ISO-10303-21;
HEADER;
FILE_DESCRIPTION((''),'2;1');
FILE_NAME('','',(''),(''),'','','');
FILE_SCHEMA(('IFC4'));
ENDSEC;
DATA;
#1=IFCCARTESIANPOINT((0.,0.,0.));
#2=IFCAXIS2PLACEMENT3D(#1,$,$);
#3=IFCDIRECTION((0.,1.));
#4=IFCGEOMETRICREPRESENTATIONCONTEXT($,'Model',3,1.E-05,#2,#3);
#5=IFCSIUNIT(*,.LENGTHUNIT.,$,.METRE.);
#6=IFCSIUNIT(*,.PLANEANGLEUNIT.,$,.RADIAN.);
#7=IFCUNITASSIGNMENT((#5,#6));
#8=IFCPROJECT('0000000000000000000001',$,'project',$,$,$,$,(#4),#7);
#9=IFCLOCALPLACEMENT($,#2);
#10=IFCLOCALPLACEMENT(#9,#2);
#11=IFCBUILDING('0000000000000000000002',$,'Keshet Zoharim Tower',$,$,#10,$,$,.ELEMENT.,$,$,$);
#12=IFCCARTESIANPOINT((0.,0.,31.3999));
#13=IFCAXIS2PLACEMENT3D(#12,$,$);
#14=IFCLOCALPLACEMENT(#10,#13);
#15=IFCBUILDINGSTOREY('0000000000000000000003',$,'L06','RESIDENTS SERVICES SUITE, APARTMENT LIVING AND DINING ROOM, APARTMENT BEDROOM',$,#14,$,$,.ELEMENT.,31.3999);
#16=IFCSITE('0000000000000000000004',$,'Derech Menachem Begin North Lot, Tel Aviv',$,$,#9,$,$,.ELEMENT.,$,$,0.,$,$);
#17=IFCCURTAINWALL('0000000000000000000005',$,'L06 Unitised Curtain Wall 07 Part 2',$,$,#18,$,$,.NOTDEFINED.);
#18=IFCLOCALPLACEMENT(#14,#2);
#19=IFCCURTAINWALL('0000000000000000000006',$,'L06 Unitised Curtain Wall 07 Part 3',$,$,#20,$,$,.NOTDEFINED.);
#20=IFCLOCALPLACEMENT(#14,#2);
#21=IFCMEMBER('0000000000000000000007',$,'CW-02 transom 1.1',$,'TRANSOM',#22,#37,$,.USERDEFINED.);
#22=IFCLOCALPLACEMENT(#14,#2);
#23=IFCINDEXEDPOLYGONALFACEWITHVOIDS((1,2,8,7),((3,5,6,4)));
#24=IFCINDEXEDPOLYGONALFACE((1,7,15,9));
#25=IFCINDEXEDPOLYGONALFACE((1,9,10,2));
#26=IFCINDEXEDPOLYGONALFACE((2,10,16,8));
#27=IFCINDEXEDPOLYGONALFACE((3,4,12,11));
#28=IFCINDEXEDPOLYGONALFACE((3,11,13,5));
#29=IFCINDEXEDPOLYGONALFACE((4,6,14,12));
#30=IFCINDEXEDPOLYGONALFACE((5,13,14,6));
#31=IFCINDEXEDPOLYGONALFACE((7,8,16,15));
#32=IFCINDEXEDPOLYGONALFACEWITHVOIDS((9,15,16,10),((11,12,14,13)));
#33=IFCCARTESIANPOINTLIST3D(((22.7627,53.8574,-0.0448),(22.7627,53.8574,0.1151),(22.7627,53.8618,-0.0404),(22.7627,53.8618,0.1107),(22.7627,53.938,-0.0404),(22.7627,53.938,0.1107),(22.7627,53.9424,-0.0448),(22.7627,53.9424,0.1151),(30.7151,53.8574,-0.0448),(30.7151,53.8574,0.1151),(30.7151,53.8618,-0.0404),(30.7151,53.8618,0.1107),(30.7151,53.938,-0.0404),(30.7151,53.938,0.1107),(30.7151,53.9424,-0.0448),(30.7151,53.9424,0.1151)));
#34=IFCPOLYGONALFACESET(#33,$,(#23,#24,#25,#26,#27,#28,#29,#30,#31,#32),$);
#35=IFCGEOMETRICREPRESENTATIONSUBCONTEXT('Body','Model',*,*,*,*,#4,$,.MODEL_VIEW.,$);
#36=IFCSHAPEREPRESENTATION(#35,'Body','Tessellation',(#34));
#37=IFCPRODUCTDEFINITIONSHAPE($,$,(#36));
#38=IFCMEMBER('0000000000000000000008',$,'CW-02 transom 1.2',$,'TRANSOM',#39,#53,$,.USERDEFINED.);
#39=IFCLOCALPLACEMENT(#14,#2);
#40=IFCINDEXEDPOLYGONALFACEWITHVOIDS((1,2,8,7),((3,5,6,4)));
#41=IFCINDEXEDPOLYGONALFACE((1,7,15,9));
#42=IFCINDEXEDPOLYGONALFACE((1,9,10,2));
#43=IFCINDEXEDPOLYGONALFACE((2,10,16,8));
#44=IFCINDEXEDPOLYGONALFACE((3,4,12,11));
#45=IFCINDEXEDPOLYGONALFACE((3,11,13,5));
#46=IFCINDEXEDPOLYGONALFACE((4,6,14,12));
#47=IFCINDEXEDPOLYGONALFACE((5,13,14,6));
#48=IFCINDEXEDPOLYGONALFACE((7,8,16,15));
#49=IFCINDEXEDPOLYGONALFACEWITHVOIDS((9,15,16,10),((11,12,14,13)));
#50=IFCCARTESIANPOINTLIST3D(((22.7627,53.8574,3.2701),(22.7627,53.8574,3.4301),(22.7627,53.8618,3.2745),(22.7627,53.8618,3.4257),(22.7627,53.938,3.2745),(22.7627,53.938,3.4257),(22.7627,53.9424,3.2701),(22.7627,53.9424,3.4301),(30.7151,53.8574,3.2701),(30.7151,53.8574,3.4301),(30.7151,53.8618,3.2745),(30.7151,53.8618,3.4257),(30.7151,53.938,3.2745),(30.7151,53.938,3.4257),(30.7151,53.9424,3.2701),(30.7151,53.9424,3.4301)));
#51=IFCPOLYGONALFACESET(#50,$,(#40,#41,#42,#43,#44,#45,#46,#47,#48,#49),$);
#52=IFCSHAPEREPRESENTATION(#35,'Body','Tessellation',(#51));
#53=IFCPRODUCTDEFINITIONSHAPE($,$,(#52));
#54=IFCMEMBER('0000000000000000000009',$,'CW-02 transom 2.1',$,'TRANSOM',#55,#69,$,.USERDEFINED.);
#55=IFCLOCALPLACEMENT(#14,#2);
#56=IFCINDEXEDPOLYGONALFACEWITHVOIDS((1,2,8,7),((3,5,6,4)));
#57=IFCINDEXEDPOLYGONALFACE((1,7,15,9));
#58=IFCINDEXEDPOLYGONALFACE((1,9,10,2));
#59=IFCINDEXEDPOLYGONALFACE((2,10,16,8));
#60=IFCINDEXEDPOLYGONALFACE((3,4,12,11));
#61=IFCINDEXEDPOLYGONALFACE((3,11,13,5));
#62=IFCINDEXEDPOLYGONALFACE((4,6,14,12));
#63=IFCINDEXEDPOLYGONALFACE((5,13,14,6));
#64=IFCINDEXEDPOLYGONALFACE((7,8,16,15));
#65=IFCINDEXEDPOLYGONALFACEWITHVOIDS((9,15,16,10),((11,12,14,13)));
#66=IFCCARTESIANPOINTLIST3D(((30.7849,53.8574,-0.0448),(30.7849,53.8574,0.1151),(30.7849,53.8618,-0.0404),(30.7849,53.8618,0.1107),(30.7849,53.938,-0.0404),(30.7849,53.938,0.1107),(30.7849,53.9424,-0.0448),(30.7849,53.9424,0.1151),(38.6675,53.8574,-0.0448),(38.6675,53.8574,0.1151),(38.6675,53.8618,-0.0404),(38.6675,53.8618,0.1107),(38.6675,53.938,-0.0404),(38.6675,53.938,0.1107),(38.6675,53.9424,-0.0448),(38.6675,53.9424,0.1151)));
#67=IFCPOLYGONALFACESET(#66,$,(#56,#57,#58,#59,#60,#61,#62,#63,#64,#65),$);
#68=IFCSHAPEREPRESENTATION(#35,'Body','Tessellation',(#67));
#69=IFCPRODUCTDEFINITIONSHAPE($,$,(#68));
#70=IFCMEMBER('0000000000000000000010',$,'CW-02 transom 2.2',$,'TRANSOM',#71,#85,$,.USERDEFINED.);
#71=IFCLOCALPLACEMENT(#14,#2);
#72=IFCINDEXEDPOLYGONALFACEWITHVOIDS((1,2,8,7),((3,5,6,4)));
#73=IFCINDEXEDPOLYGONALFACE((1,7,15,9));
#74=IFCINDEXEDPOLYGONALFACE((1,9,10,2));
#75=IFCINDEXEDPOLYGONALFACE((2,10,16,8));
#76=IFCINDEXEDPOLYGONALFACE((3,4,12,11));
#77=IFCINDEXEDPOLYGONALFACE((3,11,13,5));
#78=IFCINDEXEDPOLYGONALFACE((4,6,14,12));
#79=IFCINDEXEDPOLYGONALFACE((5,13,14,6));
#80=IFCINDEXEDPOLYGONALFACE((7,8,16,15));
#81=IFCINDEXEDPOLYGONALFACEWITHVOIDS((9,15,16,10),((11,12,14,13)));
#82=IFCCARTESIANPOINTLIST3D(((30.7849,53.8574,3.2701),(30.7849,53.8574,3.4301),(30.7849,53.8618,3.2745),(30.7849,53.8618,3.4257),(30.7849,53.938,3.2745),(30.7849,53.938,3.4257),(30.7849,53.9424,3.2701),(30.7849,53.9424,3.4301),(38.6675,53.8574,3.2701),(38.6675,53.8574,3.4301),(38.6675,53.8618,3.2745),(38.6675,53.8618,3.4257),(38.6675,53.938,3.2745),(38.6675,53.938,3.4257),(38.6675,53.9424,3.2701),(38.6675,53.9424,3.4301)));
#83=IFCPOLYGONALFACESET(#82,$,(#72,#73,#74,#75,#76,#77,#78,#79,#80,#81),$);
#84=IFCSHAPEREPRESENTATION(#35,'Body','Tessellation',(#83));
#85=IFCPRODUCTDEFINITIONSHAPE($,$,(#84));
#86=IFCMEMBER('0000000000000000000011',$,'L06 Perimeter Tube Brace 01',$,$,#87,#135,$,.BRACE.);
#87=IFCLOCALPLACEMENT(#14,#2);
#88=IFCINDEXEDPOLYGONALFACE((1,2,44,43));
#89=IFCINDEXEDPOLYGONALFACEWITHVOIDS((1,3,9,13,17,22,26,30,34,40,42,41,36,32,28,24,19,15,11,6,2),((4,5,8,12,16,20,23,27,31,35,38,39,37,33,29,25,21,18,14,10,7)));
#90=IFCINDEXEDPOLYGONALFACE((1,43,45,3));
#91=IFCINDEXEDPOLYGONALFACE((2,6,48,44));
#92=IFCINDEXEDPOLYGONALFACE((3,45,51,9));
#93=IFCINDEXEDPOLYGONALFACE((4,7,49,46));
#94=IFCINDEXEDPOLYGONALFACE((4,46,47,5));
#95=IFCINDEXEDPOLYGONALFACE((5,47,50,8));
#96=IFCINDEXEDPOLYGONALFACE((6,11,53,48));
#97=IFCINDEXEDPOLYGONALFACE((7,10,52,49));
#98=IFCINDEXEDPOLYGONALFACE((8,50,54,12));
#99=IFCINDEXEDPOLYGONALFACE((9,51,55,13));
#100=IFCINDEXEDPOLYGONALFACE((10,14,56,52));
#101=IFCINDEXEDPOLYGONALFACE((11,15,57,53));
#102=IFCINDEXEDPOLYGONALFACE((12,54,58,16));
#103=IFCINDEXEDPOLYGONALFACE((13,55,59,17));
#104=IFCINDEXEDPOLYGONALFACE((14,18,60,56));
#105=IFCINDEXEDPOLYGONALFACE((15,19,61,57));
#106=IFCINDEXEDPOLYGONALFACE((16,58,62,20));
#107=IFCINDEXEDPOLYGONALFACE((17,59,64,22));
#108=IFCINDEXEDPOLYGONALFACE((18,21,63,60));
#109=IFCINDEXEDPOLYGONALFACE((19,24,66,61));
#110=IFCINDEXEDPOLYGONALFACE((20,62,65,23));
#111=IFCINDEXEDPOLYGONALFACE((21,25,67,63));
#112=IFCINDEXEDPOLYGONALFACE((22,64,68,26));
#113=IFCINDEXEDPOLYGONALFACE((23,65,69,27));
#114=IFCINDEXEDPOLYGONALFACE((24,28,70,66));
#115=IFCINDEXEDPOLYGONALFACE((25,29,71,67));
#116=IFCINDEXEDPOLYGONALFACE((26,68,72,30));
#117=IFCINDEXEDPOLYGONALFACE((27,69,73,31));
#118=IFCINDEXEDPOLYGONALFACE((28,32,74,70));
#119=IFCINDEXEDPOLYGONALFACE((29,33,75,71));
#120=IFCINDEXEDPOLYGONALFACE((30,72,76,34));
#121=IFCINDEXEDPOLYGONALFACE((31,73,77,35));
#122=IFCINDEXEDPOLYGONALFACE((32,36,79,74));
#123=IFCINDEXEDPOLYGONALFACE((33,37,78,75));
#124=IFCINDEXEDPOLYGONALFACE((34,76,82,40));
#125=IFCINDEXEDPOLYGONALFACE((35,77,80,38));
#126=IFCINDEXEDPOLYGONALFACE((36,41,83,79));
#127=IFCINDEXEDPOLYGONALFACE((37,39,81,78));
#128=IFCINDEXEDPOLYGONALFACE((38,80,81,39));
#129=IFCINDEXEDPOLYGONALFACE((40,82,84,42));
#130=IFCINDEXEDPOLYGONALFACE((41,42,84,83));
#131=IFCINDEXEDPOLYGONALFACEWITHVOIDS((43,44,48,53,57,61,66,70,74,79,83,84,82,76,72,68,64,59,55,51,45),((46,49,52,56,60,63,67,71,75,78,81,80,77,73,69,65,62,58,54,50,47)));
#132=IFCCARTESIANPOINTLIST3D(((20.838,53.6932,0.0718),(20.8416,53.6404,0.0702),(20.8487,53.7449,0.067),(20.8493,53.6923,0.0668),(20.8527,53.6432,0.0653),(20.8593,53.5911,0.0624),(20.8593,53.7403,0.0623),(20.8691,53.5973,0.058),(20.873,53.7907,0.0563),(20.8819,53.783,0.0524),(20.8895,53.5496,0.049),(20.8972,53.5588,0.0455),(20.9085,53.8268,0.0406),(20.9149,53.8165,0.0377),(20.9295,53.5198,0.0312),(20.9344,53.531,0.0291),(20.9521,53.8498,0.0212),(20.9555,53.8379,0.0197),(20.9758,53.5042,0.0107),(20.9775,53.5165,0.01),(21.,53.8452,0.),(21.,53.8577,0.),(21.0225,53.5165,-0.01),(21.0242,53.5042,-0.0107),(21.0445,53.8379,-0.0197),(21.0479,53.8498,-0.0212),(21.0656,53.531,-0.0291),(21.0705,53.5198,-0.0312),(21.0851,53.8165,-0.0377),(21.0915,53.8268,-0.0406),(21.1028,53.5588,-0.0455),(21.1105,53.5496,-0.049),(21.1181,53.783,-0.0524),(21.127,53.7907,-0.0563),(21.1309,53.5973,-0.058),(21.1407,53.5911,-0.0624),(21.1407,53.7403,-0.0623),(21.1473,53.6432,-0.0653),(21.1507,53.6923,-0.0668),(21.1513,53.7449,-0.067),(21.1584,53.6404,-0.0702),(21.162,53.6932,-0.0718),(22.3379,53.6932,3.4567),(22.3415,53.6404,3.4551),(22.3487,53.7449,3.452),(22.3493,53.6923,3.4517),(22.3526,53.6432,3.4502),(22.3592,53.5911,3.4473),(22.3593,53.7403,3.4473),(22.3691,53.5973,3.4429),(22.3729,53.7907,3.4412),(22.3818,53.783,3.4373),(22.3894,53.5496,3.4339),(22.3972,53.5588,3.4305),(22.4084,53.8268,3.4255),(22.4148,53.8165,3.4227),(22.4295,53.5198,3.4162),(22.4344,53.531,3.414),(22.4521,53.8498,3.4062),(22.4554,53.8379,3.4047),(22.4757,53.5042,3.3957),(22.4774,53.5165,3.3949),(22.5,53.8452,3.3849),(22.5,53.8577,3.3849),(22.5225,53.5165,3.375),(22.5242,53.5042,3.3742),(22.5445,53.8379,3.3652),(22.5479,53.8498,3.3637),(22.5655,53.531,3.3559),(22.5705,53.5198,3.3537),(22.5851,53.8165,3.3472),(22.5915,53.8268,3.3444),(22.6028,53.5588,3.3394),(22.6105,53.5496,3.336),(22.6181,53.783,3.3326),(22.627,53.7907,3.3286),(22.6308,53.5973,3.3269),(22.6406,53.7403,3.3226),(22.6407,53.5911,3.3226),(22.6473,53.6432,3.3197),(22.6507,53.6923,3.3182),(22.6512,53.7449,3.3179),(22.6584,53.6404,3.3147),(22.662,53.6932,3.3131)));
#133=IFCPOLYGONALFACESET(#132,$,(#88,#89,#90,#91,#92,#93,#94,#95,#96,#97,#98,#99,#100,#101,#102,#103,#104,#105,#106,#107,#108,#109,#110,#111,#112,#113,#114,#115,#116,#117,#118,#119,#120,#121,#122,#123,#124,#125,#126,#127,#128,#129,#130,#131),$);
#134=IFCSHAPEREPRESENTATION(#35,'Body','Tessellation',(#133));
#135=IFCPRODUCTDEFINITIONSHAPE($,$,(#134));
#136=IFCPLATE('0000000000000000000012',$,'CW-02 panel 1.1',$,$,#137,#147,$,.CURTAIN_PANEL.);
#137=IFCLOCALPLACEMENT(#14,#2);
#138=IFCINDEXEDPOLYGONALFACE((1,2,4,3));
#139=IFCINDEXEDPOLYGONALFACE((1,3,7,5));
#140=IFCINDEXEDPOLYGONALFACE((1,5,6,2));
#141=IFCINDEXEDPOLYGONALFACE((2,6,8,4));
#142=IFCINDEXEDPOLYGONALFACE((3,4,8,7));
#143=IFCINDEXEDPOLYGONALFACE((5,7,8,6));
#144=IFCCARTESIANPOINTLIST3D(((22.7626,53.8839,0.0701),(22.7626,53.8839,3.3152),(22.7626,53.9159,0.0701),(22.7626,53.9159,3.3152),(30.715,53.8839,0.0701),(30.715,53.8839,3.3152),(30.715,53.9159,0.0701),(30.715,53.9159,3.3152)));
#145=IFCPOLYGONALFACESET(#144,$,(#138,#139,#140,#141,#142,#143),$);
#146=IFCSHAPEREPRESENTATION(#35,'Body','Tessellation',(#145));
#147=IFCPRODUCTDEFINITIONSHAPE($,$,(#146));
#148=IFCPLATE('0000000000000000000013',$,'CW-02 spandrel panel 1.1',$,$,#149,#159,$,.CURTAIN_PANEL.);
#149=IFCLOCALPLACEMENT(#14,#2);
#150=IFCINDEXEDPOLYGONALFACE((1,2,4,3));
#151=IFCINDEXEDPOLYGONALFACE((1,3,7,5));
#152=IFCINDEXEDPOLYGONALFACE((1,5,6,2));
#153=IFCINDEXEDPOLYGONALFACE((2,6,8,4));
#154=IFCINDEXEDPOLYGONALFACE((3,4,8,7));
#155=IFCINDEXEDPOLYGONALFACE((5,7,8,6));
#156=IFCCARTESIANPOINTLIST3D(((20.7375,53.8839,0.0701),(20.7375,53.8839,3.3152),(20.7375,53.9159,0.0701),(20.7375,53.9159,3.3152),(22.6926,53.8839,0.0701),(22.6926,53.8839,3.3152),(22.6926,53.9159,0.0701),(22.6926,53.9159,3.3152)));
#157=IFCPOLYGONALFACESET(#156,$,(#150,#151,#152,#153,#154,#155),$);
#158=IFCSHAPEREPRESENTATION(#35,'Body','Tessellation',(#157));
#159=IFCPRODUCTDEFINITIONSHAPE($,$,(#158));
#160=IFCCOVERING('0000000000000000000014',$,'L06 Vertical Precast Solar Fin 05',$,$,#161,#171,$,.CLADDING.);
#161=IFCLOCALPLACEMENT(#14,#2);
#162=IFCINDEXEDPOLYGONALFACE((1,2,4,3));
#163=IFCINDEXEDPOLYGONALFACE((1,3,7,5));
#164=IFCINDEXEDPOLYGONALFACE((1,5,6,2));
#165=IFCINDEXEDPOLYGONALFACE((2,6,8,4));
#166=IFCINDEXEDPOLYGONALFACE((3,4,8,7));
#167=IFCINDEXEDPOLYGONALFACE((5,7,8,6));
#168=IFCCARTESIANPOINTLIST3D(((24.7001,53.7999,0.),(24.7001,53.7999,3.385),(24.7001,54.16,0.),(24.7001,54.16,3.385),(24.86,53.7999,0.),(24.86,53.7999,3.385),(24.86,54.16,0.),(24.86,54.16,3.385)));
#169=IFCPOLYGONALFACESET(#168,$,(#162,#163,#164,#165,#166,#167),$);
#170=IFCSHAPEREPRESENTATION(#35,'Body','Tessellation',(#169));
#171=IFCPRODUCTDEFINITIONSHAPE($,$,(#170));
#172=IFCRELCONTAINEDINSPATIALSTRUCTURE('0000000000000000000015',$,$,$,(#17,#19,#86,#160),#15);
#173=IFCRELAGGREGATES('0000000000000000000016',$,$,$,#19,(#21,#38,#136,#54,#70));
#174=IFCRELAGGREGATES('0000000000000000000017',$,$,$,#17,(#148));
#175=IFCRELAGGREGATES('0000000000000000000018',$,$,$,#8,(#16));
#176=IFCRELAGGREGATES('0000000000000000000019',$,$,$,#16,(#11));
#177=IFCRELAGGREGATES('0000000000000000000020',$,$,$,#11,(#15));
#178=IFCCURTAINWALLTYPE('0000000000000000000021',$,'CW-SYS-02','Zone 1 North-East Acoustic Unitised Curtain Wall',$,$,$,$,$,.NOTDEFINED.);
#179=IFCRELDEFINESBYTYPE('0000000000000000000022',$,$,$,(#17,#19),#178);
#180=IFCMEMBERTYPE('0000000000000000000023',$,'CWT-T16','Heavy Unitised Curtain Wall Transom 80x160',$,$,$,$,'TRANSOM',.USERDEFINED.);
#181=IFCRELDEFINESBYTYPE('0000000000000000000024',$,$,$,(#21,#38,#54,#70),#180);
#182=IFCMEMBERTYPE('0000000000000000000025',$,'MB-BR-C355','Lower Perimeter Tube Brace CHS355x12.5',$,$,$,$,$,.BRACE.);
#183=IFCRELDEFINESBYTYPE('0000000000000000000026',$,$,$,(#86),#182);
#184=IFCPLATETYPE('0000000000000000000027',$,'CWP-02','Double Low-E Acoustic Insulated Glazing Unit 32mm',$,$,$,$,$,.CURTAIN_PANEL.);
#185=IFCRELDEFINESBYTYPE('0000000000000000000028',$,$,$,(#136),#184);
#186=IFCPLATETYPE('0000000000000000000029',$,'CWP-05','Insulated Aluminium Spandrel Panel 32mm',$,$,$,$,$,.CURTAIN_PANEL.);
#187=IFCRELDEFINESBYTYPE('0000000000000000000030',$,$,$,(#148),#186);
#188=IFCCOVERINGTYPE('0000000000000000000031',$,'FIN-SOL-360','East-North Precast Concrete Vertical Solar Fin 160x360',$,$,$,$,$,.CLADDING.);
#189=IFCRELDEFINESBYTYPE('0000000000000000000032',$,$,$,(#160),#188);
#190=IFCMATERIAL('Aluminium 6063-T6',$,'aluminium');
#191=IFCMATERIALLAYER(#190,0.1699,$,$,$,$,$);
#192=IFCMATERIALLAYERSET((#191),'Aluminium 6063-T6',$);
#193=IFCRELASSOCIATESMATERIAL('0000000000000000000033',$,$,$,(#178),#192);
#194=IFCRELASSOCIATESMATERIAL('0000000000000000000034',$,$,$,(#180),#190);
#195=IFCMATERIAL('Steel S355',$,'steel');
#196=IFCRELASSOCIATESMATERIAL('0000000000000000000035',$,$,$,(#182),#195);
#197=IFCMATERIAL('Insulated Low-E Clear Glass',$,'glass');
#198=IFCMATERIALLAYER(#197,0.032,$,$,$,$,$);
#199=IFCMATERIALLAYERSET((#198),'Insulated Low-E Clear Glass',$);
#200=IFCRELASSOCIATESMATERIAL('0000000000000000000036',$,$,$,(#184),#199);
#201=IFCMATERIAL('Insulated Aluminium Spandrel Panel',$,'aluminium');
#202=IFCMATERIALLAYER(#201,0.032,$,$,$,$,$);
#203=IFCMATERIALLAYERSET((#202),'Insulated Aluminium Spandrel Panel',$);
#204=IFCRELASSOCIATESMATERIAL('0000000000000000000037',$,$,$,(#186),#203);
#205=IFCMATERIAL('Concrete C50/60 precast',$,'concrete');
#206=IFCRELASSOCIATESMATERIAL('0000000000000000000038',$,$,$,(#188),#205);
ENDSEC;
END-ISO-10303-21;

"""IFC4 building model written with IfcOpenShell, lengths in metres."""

from ifc_helpers import new_model, si_unit, direction, frame, origin, origin_2d, place, context, subcontext, project, spatial, rectangle, hollow_rectangle, hollow_circle, extrude, material, layer, layer_set, material_profile, profile_set, type_object, element, aggregate, save


model = new_model("IFC4")

# Units and contexts
model_context = context("Model", 3, precision=1e-05, world=origin(), true_north=direction((0.0, 1.0)))
body_context = subcontext(model_context, "Body", "Model", "MODEL_VIEW")
ifc_project = project(units=[si_unit("LENGTHUNIT", "METRE"), si_unit("PLANEANGLEUNIT", "RADIAN")], contexts=[model_context])

# Site, building, storey
site_placement = place(None, origin())
site = spatial("IfcSite", under=ifc_project, at=site_placement, Name="Derech Menachem Begin North Lot, Tel Aviv", CompositionType="ELEMENT", RefElevation=0.0)
building_placement = place(site_placement, origin())
building = spatial("IfcBuilding", under=site, at=building_placement, Name="Keshet Zoharim Tower", CompositionType="ELEMENT")
storey_placement = place(building_placement, frame((0.0, 0.0, 31.3999)))
storey = spatial("IfcBuildingStorey", under=building, at=storey_placement, Name="L06", Description="RESIDENTS SERVICES SUITE, APARTMENT LIVING AND DINING ROOM, APARTMENT BEDROOM", CompositionType="ELEMENT", Elevation=31.3999)

# Shared definitions
ifc_material_1 = material(Name="Steel S355", Category="steel")

# Curtain walls
ifc_material_2 = material(Name="Aluminium 6063-T6", Category="aluminium")
ifc_layer_1 = layer(ifc_material_2, 0.1699)
ifc_layer_set_1 = layer_set([ifc_layer_1], Name="Aluminium 6063-T6")
curtain_wall_type = type_object("IfcCurtainWallType", Name="CW-SYS-02", Description="Zone 1 North-East Acoustic Unitised Curtain Wall", PredefinedType="NOTDEFINED", material=ifc_layer_set_1)
curtain_wall_1_placement = place(storey_placement, origin())
curtain_wall_1 = element("IfcCurtainWall", 1, at=curtain_wall_1_placement, inside=storey, type_object=curtain_wall_type, Name="L06 Unitised Curtain Wall 07 Part 2", PredefinedType="NOTDEFINED")
curtain_wall_2_placement = place(storey_placement, origin())
curtain_wall_2 = element("IfcCurtainWall", 2, at=curtain_wall_2_placement, inside=storey, type_object=curtain_wall_type, Name="L06 Unitised Curtain Wall 07 Part 3", PredefinedType="NOTDEFINED")

# Members
ifc_material_profile_1 = material_profile(ifc_material_2, hollow_rectangle(XDim=0.085, YDim=0.1599, WallThickness=0.0044, at=origin_2d()), Name="TRN-85x160")
ifc_profile_set_1 = profile_set([ifc_material_profile_1], Name="Aluminium 6063-T6")
member_type_1 = type_object("IfcMemberType", Name="CWT-T16", Description="Heavy Unitised Curtain Wall Transom 80x160", ElementType="TRANSOM", PredefinedType="USERDEFINED", material=ifc_profile_set_1)
member_1_placement = place(storey_placement, frame((22.7627, 53.8999, 0.0352), z_axis=(1.0, 0.0, 0.0), x_axis=(0.0, 1.0, 0.0)))
member_1 = element("IfcMember", 3, at=member_1_placement, type_object=member_type_1, Name="CW-02 transom 1.1", ObjectType="TRANSOM", PredefinedType="USERDEFINED", context=body_context, shape_type="SweptSolid", body=[
    extrude(hollow_rectangle(XDim=0.085, YDim=0.1599, WallThickness=0.0044, at=origin_2d()), origin(), (0.0, 0.0, 1.0), 7.9524),
])
member_2_placement = place(storey_placement, frame((22.7627, 53.8999, 3.3501), z_axis=(1.0, 0.0, 0.0), x_axis=(0.0, 1.0, 0.0)))
member_2 = element("IfcMember", 4, at=member_2_placement, type_object=member_type_1, Name="CW-02 transom 1.2", ObjectType="TRANSOM", PredefinedType="USERDEFINED", context=body_context, shape_type="SweptSolid", body=[
    extrude(hollow_rectangle(XDim=0.085, YDim=0.1599, WallThickness=0.0044, at=origin_2d()), origin(), (0.0, 0.0, 1.0), 7.9524),
])
member_3_placement = place(storey_placement, frame((30.7849, 53.8999, 0.0352), z_axis=(1.0, 0.0, 0.0), x_axis=(0.0, 1.0, 0.0)))
member_3 = element("IfcMember", 5, at=member_3_placement, type_object=member_type_1, Name="CW-02 transom 2.1", ObjectType="TRANSOM", PredefinedType="USERDEFINED", context=body_context, shape_type="SweptSolid", body=[
    extrude(hollow_rectangle(XDim=0.085, YDim=0.1599, WallThickness=0.0044, at=origin_2d()), origin(), (0.0, 0.0, 1.0), 7.8826),
])
member_4_placement = place(storey_placement, frame((30.7849, 53.8999, 3.3501), z_axis=(1.0, 0.0, 0.0), x_axis=(0.0, 1.0, 0.0)))
member_4 = element("IfcMember", 6, at=member_4_placement, type_object=member_type_1, Name="CW-02 transom 2.2", ObjectType="TRANSOM", PredefinedType="USERDEFINED", context=body_context, shape_type="SweptSolid", body=[
    extrude(hollow_rectangle(XDim=0.085, YDim=0.1599, WallThickness=0.0044, at=origin_2d()), origin(), (0.0, 0.0, 1.0), 7.8826),
])
ifc_material_profile_2 = material_profile(ifc_material_1, hollow_circle(Radius=0.1777, WallThickness=0.0125, at=origin_2d()), Name="CHS355x12.5")
ifc_profile_set_2 = profile_set([ifc_material_profile_2], Name="Steel S355")
member_type_2 = type_object("IfcMemberType", Name="MB-BR-C355", Description="Lower Perimeter Tube Brace CHS355x12.5", PredefinedType="BRACE", material=ifc_profile_set_2)
member_5_placement = place(storey_placement, frame((21.0, 53.6799, 0.0), z_axis=(0.405135, 0.0, 0.914257), x_axis=(0.0, 1.0, 0.0)))
element("IfcMember", 7, at=member_5_placement, inside=storey, type_object=member_type_2, Name="L06 Perimeter Tube Brace 01", PredefinedType="BRACE", context=body_context, shape_type="SweptSolid", body=[
    extrude(hollow_circle(Radius=0.1777, WallThickness=0.0125, at=origin_2d()), origin(), (0.0, 0.0, 1.0), 3.7024),
])

# Plates
ifc_material_3 = material(Name="Insulated Low-E Clear Glass", Category="glass")
ifc_layer_2 = layer(ifc_material_3, 0.032)
ifc_layer_set_2 = layer_set([ifc_layer_2], Name="Insulated Low-E Clear Glass")
plate_type_1 = type_object("IfcPlateType", Name="CWP-02", Description="Double Low-E Acoustic Insulated Glazing Unit 32mm", PredefinedType="CURTAIN_PANEL", material=ifc_layer_set_2)
plate_1_placement = place(storey_placement, frame((26.7388, 53.8999, 0.0701), z_axis=(0.0, 0.0, 1.0), x_axis=(1.0, 0.0, 0.0)))
plate_1 = element("IfcPlate", 8, at=plate_1_placement, type_object=plate_type_1, Name="CW-02 panel 1.1", PredefinedType="CURTAIN_PANEL", context=body_context, shape_type="SweptSolid", body=[
    extrude(rectangle(XDim=7.9524, YDim=0.032, at=origin_2d()), origin(), (0.0, 0.0, 1.0), 3.2451),
])
aggregate(curtain_wall_2, [member_1, member_2, plate_1, member_3, member_4])
ifc_material_4 = material(Name="Insulated Aluminium Spandrel Panel", Category="aluminium")
ifc_layer_3 = layer(ifc_material_4, 0.032)
ifc_layer_set_3 = layer_set([ifc_layer_3], Name="Insulated Aluminium Spandrel Panel")
plate_type_2 = type_object("IfcPlateType", Name="CWP-05", Description="Insulated Aluminium Spandrel Panel 32mm", PredefinedType="CURTAIN_PANEL", material=ifc_layer_set_3)
plate_2_placement = place(storey_placement, frame((21.7151, 53.8999, 0.0701), z_axis=(0.0, 0.0, 1.0), x_axis=(1.0, 0.0, 0.0)))
plate_2 = element("IfcPlate", 9, at=plate_2_placement, type_object=plate_type_2, Name="CW-02 spandrel panel 1.1", PredefinedType="CURTAIN_PANEL", context=body_context, shape_type="SweptSolid", body=[
    extrude(rectangle(XDim=1.9551, YDim=0.032, at=origin_2d()), origin(), (0.0, 0.0, 1.0), 3.2451),
])
aggregate(curtain_wall_1, [plate_2])

# Covering
ifc_material_5 = material(Name="Concrete C50/60 precast", Category="concrete")
covering_type = type_object("IfcCoveringType", Name="FIN-SOL-360", Description="East-North Precast Concrete Vertical Solar Fin 160x360", PredefinedType="CLADDING", material=ifc_material_5)
covering_placement = place(storey_placement, frame((24.78, 53.98, 0.0), z_axis=(0.0, 0.0, 1.0), x_axis=(1.0, 0.0, 0.0)))
element("IfcCovering", 10, at=covering_placement, inside=storey, type_object=covering_type, Name="L06 Vertical Precast Solar Fin 05", PredefinedType="CLADDING", context=body_context, shape_type="SweptSolid", body=[
    extrude(rectangle(XDim=0.1599, YDim=0.3601, at=origin_2d()), origin(), (0.0, 0.0, 1.0), 3.385),
])

save(model, "model.ifc")
